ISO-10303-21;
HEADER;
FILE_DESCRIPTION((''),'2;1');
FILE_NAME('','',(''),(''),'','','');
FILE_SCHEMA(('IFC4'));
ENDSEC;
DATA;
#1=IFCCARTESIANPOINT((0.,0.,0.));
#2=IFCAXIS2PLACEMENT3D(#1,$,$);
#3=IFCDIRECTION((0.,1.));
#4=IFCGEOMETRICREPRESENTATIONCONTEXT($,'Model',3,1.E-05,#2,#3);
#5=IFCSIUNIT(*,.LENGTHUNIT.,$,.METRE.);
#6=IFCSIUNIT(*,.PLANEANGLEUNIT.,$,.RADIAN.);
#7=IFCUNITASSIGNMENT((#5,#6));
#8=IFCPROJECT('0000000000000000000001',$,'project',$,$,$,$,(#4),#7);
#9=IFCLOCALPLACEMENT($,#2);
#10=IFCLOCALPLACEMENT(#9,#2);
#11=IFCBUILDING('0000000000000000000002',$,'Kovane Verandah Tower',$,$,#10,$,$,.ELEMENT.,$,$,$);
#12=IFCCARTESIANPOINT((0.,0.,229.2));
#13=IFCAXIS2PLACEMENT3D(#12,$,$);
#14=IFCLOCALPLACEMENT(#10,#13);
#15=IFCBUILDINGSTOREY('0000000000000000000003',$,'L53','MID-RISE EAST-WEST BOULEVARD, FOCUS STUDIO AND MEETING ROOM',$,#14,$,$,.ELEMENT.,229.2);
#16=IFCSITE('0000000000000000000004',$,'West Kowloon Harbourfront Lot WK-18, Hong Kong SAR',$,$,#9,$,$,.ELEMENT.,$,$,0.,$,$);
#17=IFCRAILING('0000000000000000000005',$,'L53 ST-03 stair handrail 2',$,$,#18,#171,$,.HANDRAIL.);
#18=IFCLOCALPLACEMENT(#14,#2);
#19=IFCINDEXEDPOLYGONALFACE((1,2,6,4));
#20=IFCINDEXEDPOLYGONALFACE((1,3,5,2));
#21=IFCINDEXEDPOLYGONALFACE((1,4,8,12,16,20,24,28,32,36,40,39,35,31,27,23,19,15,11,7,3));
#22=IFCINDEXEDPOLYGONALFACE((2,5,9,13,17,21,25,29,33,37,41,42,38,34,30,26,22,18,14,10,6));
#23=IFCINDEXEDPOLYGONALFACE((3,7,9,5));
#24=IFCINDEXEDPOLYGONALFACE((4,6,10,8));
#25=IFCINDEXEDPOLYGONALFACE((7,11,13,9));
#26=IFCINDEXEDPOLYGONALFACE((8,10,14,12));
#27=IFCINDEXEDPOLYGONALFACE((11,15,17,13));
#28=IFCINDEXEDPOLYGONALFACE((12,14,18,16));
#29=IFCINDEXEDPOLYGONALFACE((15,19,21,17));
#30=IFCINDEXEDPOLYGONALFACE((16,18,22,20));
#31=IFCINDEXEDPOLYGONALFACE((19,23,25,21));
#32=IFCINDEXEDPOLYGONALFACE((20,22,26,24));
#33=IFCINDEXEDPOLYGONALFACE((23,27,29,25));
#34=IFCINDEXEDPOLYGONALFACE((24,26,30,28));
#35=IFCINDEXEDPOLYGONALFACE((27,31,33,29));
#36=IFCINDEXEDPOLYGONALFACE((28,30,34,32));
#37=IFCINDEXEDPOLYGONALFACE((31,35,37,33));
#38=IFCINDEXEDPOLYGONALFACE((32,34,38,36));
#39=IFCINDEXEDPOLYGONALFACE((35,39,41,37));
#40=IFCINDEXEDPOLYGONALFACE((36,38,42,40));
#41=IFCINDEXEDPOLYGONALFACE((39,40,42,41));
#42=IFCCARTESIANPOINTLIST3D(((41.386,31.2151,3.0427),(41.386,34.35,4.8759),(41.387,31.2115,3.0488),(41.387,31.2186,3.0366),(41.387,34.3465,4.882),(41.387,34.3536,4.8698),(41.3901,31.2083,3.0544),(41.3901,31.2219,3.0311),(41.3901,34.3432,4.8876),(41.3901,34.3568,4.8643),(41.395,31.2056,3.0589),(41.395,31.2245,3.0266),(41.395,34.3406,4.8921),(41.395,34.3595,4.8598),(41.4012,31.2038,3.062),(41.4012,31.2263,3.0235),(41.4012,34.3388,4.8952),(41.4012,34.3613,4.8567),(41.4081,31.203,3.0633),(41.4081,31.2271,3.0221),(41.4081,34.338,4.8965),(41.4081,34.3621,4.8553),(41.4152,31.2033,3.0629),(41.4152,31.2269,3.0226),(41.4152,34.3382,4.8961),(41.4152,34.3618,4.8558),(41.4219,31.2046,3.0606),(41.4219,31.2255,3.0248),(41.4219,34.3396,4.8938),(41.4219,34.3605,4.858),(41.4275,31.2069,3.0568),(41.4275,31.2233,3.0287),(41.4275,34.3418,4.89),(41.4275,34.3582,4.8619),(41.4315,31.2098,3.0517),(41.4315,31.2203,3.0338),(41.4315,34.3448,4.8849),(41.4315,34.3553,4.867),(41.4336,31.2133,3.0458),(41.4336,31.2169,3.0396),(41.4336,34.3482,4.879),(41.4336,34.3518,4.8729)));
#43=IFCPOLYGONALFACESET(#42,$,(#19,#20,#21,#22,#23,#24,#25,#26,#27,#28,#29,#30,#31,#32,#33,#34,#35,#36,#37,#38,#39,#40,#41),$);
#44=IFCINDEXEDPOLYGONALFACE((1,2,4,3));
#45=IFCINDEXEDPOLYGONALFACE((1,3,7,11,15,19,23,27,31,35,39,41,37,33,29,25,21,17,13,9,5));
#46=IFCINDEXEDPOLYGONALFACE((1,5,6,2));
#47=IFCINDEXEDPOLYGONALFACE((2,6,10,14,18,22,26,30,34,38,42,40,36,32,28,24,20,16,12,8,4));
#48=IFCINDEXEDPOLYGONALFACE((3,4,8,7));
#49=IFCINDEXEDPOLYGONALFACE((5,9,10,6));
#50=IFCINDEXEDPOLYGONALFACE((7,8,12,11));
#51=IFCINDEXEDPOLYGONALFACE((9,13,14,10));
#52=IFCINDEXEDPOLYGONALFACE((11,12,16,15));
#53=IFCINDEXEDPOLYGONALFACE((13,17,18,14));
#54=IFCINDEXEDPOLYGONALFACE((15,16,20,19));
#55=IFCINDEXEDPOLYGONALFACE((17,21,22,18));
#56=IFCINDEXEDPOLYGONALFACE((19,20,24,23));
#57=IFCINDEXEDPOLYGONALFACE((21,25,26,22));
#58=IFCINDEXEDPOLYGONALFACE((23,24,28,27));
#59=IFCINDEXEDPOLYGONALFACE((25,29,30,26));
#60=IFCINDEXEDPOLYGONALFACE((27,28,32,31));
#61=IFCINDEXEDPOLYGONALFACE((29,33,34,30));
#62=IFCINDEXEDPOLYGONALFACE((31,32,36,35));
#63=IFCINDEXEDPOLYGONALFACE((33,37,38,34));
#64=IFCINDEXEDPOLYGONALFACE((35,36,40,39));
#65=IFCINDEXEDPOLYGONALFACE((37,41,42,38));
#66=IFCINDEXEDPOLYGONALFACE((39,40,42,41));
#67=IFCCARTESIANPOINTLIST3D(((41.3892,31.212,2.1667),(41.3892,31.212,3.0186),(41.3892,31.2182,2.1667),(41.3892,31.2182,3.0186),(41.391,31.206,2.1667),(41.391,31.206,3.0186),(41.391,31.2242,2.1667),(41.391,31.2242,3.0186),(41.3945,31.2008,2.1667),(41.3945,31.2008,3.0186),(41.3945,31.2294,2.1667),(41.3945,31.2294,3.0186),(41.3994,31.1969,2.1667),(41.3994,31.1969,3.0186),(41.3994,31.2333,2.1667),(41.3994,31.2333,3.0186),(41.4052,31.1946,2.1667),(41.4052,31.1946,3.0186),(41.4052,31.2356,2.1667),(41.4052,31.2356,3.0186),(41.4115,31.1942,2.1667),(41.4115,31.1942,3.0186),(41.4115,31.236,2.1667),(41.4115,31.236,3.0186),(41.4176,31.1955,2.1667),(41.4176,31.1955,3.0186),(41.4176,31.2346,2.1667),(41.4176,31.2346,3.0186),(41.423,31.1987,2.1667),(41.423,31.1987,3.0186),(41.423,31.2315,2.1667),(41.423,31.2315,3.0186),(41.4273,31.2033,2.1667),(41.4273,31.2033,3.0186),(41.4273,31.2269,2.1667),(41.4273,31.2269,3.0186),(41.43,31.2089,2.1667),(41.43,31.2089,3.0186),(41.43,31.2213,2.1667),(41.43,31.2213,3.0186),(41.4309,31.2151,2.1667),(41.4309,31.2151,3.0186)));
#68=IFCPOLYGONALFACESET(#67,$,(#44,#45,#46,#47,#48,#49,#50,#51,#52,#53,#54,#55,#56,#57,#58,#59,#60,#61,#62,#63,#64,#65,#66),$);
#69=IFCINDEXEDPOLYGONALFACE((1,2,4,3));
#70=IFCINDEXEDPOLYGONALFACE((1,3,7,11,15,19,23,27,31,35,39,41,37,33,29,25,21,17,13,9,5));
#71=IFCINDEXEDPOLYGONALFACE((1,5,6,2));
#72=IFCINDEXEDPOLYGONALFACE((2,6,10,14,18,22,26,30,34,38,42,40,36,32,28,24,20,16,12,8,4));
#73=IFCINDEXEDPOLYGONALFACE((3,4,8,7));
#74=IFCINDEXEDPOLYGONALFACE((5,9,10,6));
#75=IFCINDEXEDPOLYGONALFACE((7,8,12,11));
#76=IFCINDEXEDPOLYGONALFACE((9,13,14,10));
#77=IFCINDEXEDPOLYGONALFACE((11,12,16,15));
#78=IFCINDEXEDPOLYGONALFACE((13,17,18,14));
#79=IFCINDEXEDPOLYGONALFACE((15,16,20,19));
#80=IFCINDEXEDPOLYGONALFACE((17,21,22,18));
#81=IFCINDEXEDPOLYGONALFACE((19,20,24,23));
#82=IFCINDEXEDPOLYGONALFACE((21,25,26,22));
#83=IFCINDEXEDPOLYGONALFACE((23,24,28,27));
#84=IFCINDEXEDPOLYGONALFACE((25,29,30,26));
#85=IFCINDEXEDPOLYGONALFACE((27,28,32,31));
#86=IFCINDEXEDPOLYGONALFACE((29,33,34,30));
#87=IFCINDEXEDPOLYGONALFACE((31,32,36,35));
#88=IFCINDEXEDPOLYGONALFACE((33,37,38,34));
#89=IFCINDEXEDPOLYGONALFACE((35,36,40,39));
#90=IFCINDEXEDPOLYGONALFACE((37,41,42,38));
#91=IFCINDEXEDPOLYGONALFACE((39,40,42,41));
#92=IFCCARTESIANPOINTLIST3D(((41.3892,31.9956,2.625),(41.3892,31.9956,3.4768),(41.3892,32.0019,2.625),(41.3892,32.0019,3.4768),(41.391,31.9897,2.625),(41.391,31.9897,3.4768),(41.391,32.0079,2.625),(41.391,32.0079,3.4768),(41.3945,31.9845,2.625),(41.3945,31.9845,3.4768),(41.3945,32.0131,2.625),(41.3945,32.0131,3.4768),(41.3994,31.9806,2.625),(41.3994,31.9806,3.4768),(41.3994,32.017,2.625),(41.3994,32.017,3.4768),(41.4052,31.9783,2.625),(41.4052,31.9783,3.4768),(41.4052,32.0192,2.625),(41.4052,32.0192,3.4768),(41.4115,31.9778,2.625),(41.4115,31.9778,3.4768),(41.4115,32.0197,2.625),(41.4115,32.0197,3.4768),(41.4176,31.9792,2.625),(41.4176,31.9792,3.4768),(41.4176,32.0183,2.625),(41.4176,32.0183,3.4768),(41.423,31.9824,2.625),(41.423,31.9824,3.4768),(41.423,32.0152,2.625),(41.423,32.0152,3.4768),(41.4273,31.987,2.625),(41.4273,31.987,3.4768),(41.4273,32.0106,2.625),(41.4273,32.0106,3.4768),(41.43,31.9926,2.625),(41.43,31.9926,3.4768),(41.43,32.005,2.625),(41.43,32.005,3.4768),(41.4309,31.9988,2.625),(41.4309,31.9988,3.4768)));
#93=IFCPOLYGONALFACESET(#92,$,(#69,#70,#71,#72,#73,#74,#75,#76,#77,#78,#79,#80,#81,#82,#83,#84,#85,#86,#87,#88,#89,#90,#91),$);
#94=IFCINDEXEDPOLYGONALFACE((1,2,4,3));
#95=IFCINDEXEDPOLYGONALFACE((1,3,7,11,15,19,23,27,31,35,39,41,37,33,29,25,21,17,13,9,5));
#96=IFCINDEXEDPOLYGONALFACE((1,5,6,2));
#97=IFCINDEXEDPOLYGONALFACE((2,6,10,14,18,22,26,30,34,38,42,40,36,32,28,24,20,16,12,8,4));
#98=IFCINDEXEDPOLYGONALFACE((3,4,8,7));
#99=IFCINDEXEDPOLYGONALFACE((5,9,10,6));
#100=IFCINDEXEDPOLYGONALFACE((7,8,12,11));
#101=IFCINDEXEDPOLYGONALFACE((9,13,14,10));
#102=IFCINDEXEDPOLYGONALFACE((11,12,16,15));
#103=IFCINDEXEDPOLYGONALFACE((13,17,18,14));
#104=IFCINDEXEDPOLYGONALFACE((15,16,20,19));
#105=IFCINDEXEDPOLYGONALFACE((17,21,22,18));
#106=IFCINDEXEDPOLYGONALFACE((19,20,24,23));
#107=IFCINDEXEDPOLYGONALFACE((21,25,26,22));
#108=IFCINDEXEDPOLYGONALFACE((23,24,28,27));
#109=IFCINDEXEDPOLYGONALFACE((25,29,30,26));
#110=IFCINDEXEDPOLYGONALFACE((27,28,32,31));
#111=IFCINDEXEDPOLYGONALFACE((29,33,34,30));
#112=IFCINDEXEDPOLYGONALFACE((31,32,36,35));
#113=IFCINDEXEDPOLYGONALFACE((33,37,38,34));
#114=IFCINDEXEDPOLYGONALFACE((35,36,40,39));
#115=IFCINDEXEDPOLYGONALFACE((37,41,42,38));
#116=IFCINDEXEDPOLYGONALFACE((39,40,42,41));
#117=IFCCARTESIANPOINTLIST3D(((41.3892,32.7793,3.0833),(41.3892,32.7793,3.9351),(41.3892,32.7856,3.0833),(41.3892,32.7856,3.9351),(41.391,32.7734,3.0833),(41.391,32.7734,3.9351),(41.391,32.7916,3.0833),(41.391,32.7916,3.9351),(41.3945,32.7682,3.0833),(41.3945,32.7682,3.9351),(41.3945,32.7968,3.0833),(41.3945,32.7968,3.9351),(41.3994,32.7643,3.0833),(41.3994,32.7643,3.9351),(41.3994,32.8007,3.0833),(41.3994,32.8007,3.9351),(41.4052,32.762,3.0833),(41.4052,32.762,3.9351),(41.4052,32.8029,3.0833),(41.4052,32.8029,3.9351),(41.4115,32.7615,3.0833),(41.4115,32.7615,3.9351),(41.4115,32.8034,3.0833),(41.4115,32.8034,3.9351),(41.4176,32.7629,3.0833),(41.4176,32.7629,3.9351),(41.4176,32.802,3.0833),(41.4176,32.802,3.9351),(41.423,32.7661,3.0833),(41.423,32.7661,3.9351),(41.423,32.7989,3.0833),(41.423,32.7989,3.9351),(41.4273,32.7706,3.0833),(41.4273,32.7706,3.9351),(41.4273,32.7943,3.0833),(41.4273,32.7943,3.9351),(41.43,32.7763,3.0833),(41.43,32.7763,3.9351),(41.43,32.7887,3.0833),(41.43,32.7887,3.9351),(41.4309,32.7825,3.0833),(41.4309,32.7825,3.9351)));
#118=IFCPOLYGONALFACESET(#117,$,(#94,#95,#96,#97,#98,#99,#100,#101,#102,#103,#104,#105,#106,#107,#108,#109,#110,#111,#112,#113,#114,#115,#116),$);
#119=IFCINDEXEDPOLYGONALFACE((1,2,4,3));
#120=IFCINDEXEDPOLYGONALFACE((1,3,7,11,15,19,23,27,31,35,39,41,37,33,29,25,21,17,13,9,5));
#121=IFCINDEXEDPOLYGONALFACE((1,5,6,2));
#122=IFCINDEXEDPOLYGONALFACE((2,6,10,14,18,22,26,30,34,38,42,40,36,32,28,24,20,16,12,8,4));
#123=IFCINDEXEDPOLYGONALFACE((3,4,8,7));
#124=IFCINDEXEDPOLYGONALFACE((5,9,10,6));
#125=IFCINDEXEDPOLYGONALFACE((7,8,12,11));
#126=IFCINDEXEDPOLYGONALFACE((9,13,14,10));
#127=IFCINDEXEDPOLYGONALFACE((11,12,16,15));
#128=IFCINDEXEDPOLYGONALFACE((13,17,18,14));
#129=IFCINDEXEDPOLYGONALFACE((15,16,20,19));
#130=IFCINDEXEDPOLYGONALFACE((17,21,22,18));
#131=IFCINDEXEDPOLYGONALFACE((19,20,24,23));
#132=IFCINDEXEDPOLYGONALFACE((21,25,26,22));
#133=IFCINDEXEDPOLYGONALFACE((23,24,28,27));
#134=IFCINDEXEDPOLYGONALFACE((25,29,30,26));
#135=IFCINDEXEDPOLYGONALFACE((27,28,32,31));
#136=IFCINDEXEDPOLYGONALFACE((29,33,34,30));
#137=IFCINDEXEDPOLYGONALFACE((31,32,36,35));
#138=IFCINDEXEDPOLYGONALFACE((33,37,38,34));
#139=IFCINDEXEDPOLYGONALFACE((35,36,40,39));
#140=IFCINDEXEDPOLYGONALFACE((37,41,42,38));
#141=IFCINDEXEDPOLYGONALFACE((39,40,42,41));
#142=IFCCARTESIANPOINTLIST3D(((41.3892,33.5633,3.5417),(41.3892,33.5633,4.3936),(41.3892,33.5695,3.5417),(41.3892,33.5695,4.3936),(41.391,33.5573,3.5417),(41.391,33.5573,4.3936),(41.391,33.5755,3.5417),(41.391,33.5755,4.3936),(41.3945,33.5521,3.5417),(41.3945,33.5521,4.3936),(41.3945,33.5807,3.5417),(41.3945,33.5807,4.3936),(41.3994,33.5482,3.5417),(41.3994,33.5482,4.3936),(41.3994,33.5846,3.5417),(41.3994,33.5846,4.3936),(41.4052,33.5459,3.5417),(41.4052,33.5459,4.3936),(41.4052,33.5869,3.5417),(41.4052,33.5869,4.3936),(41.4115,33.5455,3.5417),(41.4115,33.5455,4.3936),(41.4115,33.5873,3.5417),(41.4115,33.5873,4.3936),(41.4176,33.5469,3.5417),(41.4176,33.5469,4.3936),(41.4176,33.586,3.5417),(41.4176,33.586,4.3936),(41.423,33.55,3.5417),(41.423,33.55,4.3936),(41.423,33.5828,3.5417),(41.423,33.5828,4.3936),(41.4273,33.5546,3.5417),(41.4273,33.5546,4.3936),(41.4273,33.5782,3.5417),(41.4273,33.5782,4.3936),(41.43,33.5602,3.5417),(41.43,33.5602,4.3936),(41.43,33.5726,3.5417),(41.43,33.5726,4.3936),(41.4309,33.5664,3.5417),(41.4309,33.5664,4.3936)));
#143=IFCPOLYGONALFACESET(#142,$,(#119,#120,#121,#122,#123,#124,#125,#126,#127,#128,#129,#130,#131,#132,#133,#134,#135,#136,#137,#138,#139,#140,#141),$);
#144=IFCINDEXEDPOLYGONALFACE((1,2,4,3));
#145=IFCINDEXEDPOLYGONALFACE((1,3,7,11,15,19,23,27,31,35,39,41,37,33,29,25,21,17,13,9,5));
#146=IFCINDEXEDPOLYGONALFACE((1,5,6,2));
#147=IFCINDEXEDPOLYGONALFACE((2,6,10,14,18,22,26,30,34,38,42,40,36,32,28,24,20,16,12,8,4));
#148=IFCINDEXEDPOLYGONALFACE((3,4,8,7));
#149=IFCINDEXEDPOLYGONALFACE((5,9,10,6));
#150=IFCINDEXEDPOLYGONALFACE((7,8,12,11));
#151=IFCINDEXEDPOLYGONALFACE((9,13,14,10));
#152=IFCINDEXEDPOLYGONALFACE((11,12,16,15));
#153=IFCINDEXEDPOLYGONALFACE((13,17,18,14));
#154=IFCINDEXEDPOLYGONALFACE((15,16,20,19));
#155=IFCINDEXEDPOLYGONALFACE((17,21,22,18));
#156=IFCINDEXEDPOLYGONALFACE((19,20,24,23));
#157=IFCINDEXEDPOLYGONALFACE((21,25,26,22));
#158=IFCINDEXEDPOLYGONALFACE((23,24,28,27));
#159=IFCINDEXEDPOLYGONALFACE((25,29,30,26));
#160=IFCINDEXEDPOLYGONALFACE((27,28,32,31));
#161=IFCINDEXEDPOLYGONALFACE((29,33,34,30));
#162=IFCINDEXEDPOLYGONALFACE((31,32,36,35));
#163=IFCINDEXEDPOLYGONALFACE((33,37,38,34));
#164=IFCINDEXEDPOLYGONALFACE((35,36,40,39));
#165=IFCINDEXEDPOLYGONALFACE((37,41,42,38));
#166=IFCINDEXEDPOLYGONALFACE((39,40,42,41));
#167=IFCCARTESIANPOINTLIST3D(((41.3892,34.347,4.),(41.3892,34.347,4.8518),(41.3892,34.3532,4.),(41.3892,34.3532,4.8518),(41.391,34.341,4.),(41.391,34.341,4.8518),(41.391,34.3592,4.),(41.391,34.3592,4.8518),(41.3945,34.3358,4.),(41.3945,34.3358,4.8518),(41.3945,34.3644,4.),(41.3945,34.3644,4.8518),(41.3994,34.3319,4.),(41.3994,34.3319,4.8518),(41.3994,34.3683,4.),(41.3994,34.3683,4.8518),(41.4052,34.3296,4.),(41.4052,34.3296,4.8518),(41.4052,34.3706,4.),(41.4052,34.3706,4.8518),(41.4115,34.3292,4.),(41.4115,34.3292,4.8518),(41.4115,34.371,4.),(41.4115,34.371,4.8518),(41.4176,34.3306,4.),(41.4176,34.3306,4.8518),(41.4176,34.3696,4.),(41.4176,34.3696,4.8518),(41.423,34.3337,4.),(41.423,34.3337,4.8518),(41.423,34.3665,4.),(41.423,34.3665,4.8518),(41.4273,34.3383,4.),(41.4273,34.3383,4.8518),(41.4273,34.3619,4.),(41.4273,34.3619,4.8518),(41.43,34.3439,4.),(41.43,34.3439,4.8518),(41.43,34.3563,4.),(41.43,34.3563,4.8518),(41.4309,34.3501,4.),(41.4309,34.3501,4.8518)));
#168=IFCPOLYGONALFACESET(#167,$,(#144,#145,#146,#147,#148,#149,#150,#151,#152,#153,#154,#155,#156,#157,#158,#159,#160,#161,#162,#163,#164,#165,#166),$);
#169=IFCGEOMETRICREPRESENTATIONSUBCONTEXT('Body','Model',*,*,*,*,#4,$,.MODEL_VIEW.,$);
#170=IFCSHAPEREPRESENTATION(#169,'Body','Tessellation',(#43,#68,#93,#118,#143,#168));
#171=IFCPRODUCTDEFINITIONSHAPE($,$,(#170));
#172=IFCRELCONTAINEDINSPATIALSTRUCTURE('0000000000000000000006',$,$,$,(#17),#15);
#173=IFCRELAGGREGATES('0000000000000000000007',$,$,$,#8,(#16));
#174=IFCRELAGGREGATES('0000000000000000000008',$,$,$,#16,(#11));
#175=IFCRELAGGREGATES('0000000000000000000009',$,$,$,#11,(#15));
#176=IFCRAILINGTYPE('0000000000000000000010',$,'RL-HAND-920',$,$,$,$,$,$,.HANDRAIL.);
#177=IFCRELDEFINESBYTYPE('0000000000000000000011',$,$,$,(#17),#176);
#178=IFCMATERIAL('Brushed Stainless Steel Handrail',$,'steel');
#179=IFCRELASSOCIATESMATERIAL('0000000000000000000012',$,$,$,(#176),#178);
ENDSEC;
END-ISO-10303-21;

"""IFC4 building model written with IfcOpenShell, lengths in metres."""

from ifc_helpers import new_model, si_unit, direction, frame, origin, origin_2d, place, context, subcontext, project, spatial, circle, extrude, material, type_object, element, save


model = new_model("IFC4")

# Units and contexts
model_context = context("Model", 3, precision=1e-05, world=origin(), true_north=direction((0.0, 1.0)))
body_context = subcontext(model_context, "Body", "Model", "MODEL_VIEW")
ifc_project = project(units=[si_unit("LENGTHUNIT", "METRE"), si_unit("PLANEANGLEUNIT", "RADIAN")], contexts=[model_context])

# Site, building, storey
site_placement = place(None, origin())
site = spatial("IfcSite", under=ifc_project, at=site_placement, Name="West Kowloon Harbourfront Lot WK-18, Hong Kong SAR", CompositionType="ELEMENT", RefElevation=0.0)
building_placement = place(site_placement, origin())
building = spatial("IfcBuilding", under=site, at=building_placement, Name="Kovane Verandah Tower", CompositionType="ELEMENT")
storey_placement = place(building_placement, frame((0.0, 0.0, 229.2)))
storey = spatial("IfcBuildingStorey", under=building, at=storey_placement, Name="L53", Description="MID-RISE EAST-WEST BOULEVARD, FOCUS STUDIO AND MEETING ROOM", CompositionType="ELEMENT", Elevation=229.2)

# Railing
ifc_material_1 = material(Name="Brushed Stainless Steel Handrail", Category="steel")
railing_type_1 = type_object("IfcRailingType", Name="RL-HAND-920", PredefinedType="HANDRAIL", material=ifc_material_1)
railing_1_placement = place(storey_placement, frame((41.4099, 31.2151, 2.1667)))
element("IfcRailing", 1, at=railing_1_placement, inside=storey, type_object=railing_type_1, Name="L53 ST-03 stair handrail 2", PredefinedType="HANDRAIL", context=body_context, shape_type="SweptSolid", body=[
    extrude(circle(Radius=0.0239, at=origin_2d()), frame((0.0, 0.0, 0.876), z_axis=(0.0, 0.86324, 0.504794), x_axis=(-1.0, 0.0, 0.0)), (0.0, 0.0, 1.0), 3.6316),
    extrude(circle(Radius=0.021, at=origin_2d()), origin(), (0.0, 0.0, 1.0), 0.8518),
    extrude(circle(Radius=0.021, at=origin_2d()), frame((0.0, 0.7837, 0.4583)), (0.0, 0.0, 1.0), 0.8518),
    extrude(circle(Radius=0.021, at=origin_2d()), frame((0.0, 1.5674, 0.9165)), (0.0, 0.0, 1.0), 0.8518),
    extrude(circle(Radius=0.021, at=origin_2d()), frame((0.0, 2.3513, 1.375)), (0.0, 0.0, 1.0), 0.8518),
    extrude(circle(Radius=0.021, at=origin_2d()), frame((0.0, 3.135, 1.8333)), (0.0, 0.0, 1.0), 0.8518),
])

save(model, "model.ifc")
